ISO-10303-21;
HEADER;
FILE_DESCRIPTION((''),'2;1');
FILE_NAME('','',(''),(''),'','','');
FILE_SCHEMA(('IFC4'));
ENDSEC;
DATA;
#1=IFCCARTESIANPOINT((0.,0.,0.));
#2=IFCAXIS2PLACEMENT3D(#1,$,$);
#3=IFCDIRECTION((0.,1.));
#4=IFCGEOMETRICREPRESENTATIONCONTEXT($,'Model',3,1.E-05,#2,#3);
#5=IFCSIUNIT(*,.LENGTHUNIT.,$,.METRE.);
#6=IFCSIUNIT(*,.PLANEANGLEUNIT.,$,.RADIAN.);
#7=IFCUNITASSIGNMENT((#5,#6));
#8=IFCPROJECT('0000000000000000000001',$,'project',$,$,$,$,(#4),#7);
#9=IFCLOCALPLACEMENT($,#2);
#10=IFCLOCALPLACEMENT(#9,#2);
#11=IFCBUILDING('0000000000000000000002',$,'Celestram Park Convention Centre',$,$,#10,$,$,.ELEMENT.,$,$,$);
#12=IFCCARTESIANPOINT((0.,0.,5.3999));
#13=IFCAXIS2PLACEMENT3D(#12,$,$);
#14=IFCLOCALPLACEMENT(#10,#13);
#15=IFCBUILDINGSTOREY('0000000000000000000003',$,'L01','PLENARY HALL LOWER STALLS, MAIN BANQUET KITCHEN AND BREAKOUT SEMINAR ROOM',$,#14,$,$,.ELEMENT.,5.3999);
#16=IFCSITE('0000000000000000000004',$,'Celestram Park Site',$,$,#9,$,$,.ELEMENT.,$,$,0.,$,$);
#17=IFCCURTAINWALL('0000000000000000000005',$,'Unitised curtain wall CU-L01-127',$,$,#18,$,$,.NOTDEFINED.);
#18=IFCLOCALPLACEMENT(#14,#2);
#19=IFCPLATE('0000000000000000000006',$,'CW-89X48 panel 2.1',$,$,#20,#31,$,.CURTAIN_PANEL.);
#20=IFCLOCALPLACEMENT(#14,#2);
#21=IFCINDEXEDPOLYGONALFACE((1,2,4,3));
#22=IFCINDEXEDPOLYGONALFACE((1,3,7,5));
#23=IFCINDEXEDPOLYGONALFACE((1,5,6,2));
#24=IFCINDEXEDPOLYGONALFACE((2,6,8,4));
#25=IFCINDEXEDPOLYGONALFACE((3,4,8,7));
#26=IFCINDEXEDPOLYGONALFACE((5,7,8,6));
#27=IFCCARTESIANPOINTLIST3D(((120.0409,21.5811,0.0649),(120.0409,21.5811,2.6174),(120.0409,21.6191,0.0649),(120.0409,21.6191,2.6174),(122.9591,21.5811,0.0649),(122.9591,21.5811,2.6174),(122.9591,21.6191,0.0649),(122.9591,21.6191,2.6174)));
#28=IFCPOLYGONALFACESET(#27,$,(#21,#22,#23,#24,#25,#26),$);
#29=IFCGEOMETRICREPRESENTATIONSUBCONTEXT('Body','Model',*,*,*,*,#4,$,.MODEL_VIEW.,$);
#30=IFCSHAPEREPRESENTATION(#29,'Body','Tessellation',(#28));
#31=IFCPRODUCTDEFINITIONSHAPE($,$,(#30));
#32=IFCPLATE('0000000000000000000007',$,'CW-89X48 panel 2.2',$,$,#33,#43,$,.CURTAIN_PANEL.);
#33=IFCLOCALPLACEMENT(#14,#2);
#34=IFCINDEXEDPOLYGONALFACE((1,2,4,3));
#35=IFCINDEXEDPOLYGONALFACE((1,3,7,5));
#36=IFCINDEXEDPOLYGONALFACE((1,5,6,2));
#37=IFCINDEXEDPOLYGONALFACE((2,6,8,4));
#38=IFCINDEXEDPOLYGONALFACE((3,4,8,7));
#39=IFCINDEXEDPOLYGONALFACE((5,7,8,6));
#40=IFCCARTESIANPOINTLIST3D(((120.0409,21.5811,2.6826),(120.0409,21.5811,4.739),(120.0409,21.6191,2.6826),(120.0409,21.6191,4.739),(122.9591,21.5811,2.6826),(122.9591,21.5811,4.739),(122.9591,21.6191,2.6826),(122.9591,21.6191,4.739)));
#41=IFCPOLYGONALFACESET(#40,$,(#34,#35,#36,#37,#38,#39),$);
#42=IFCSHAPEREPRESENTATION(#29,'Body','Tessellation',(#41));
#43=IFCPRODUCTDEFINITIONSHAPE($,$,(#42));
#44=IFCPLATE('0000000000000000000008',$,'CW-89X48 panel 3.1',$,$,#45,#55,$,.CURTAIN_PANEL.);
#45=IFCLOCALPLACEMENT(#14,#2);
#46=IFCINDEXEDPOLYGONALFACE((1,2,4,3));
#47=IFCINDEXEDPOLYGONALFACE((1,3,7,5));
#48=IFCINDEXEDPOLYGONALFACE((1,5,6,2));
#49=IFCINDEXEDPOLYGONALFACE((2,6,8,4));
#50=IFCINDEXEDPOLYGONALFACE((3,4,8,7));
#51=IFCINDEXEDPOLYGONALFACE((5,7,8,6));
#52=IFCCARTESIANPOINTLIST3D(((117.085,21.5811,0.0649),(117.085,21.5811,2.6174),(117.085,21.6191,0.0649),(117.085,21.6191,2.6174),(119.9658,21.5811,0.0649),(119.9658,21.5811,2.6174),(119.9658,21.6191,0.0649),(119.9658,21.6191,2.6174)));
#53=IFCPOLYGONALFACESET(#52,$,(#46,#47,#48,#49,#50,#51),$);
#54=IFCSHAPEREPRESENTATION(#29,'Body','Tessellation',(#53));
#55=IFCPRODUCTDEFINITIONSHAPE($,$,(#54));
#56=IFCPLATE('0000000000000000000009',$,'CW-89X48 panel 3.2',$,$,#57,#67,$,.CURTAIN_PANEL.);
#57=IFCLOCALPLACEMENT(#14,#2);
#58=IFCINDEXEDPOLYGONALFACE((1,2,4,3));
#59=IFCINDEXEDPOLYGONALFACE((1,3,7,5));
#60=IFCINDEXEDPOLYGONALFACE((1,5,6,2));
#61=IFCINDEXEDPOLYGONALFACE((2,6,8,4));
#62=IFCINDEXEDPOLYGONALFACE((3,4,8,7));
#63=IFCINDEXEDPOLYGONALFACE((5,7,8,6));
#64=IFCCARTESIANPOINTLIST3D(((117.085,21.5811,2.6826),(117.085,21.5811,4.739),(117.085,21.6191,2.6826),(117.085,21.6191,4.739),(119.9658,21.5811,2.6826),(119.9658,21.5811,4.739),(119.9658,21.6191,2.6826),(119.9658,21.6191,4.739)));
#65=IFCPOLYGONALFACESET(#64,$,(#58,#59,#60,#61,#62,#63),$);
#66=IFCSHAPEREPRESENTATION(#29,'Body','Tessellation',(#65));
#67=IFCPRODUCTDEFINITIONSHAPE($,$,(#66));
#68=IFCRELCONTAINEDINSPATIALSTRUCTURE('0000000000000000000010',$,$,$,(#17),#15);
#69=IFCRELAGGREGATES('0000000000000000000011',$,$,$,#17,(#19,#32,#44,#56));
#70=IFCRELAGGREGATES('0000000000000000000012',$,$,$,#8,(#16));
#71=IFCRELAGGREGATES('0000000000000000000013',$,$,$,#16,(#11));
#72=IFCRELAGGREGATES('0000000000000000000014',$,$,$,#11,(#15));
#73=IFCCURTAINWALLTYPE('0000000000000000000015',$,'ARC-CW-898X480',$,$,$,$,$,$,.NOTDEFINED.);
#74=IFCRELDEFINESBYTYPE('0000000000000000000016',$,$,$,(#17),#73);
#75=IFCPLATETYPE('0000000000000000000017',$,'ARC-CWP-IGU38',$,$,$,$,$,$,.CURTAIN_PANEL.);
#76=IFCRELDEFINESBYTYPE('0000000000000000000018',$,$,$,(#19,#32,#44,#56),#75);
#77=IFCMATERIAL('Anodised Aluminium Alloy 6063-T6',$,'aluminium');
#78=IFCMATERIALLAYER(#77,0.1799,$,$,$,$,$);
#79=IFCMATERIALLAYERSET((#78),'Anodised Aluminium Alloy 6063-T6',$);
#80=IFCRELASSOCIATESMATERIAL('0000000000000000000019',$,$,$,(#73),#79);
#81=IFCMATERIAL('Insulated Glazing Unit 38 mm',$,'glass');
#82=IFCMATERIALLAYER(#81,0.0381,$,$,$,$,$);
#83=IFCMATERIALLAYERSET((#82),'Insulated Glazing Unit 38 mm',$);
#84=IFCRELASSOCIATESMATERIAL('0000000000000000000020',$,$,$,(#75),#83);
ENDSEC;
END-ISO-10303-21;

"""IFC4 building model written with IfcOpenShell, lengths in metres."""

from ifc_helpers import new_model, si_unit, direction, frame, origin, origin_2d, place, context, subcontext, project, spatial, rectangle, extrude, material, layer, layer_set, type_object, element, aggregate, save


model = new_model("IFC4")

# Units and contexts
model_context = context("Model", 3, precision=1e-05, world=origin(), true_north=direction((0.0, 1.0)))
body_context = subcontext(model_context, "Body", "Model", "MODEL_VIEW")
ifc_project = project(units=[si_unit("LENGTHUNIT", "METRE"), si_unit("PLANEANGLEUNIT", "RADIAN")], contexts=[model_context])

# Site, building, storey
site_placement = place(None, origin())
site = spatial("IfcSite", under=ifc_project, at=site_placement, Name="Celestram Park Site", CompositionType="ELEMENT", RefElevation=0.0)
building_placement = place(site_placement, origin())
building = spatial("IfcBuilding", under=site, at=building_placement, Name="Celestram Park Convention Centre", CompositionType="ELEMENT")
storey_placement = place(building_placement, frame((0.0, 0.0, 5.3999)))
storey = spatial("IfcBuildingStorey", under=building, at=storey_placement, Name="L01", Description="PLENARY HALL LOWER STALLS, MAIN BANQUET KITCHEN AND BREAKOUT SEMINAR ROOM", CompositionType="ELEMENT", Elevation=5.3999)

# Curtain wall
ifc_material_1 = material(Name="Anodised Aluminium Alloy 6063-T6", Category="aluminium")
ifc_layer_1 = layer(ifc_material_1, 0.1799)
ifc_layer_set_1 = layer_set([ifc_layer_1], Name="Anodised Aluminium Alloy 6063-T6")
curtain_wall_type_1 = type_object("IfcCurtainWallType", Name="ARC-CW-898X480", PredefinedType="NOTDEFINED", material=ifc_layer_set_1)
curtain_wall_1_placement = place(storey_placement, origin())
curtain_wall_1 = element("IfcCurtainWall", 1, at=curtain_wall_1_placement, inside=storey, type_object=curtain_wall_type_1, Name="Unitised curtain wall CU-L01-127", PredefinedType="NOTDEFINED")

# Plates
ifc_material_2 = material(Name="Insulated Glazing Unit 38 mm", Category="glass")
ifc_layer_2 = layer(ifc_material_2, 0.0381)
ifc_layer_set_2 = layer_set([ifc_layer_2], Name="Insulated Glazing Unit 38 mm")
plate_type = type_object("IfcPlateType", Name="ARC-CWP-IGU38", PredefinedType="CURTAIN_PANEL", material=ifc_layer_set_2)
plate_1_placement = place(storey_placement, frame((121.5, 21.6001, 0.0649), z_axis=(0.0, 0.0, 1.0), x_axis=(-1.0, 0.0, 0.0)))
plate_1 = element("IfcPlate", 2, at=plate_1_placement, type_object=plate_type, Name="CW-89X48 panel 2.1", PredefinedType="CURTAIN_PANEL", context=body_context, shape_type="SweptSolid", body=[
    extrude(rectangle(XDim=2.9182, YDim=0.0381, at=origin_2d()), origin(), (0.0, 0.0, 1.0), 2.5525),
])
plate_2_placement = place(storey_placement, frame((121.5, 21.6001, 2.6826), z_axis=(0.0, 0.0, 1.0), x_axis=(-1.0, 0.0, 0.0)))
plate_2 = element("IfcPlate", 3, at=plate_2_placement, type_object=plate_type, Name="CW-89X48 panel 2.2", PredefinedType="CURTAIN_PANEL", context=body_context, shape_type="SweptSolid", body=[
    extrude(rectangle(XDim=2.9182, YDim=0.0381, at=origin_2d()), origin(), (0.0, 0.0, 1.0), 2.0564),
])
plate_3_placement = place(storey_placement, frame((118.5254, 21.6001, 0.0649), z_axis=(0.0, 0.0, 1.0), x_axis=(-1.0, 0.0, 0.0)))
plate_3 = element("IfcPlate", 4, at=plate_3_placement, type_object=plate_type, Name="CW-89X48 panel 3.1", PredefinedType="CURTAIN_PANEL", context=body_context, shape_type="SweptSolid", body=[
    extrude(rectangle(XDim=2.8809, YDim=0.0381, at=origin_2d()), origin(), (0.0, 0.0, 1.0), 2.5525),
])
plate_4_placement = place(storey_placement, frame((118.5254, 21.6001, 2.6826), z_axis=(0.0, 0.0, 1.0), x_axis=(-1.0, 0.0, 0.0)))
plate_4 = element("IfcPlate", 5, at=plate_4_placement, type_object=plate_type, Name="CW-89X48 panel 3.2", PredefinedType="CURTAIN_PANEL", context=body_context, shape_type="SweptSolid", body=[
    extrude(rectangle(XDim=2.8809, YDim=0.0381, at=origin_2d()), origin(), (0.0, 0.0, 1.0), 2.0564),
])
aggregate(curtain_wall_1, [plate_1, plate_2, plate_3, plate_4])

save(model, "model.ifc")
